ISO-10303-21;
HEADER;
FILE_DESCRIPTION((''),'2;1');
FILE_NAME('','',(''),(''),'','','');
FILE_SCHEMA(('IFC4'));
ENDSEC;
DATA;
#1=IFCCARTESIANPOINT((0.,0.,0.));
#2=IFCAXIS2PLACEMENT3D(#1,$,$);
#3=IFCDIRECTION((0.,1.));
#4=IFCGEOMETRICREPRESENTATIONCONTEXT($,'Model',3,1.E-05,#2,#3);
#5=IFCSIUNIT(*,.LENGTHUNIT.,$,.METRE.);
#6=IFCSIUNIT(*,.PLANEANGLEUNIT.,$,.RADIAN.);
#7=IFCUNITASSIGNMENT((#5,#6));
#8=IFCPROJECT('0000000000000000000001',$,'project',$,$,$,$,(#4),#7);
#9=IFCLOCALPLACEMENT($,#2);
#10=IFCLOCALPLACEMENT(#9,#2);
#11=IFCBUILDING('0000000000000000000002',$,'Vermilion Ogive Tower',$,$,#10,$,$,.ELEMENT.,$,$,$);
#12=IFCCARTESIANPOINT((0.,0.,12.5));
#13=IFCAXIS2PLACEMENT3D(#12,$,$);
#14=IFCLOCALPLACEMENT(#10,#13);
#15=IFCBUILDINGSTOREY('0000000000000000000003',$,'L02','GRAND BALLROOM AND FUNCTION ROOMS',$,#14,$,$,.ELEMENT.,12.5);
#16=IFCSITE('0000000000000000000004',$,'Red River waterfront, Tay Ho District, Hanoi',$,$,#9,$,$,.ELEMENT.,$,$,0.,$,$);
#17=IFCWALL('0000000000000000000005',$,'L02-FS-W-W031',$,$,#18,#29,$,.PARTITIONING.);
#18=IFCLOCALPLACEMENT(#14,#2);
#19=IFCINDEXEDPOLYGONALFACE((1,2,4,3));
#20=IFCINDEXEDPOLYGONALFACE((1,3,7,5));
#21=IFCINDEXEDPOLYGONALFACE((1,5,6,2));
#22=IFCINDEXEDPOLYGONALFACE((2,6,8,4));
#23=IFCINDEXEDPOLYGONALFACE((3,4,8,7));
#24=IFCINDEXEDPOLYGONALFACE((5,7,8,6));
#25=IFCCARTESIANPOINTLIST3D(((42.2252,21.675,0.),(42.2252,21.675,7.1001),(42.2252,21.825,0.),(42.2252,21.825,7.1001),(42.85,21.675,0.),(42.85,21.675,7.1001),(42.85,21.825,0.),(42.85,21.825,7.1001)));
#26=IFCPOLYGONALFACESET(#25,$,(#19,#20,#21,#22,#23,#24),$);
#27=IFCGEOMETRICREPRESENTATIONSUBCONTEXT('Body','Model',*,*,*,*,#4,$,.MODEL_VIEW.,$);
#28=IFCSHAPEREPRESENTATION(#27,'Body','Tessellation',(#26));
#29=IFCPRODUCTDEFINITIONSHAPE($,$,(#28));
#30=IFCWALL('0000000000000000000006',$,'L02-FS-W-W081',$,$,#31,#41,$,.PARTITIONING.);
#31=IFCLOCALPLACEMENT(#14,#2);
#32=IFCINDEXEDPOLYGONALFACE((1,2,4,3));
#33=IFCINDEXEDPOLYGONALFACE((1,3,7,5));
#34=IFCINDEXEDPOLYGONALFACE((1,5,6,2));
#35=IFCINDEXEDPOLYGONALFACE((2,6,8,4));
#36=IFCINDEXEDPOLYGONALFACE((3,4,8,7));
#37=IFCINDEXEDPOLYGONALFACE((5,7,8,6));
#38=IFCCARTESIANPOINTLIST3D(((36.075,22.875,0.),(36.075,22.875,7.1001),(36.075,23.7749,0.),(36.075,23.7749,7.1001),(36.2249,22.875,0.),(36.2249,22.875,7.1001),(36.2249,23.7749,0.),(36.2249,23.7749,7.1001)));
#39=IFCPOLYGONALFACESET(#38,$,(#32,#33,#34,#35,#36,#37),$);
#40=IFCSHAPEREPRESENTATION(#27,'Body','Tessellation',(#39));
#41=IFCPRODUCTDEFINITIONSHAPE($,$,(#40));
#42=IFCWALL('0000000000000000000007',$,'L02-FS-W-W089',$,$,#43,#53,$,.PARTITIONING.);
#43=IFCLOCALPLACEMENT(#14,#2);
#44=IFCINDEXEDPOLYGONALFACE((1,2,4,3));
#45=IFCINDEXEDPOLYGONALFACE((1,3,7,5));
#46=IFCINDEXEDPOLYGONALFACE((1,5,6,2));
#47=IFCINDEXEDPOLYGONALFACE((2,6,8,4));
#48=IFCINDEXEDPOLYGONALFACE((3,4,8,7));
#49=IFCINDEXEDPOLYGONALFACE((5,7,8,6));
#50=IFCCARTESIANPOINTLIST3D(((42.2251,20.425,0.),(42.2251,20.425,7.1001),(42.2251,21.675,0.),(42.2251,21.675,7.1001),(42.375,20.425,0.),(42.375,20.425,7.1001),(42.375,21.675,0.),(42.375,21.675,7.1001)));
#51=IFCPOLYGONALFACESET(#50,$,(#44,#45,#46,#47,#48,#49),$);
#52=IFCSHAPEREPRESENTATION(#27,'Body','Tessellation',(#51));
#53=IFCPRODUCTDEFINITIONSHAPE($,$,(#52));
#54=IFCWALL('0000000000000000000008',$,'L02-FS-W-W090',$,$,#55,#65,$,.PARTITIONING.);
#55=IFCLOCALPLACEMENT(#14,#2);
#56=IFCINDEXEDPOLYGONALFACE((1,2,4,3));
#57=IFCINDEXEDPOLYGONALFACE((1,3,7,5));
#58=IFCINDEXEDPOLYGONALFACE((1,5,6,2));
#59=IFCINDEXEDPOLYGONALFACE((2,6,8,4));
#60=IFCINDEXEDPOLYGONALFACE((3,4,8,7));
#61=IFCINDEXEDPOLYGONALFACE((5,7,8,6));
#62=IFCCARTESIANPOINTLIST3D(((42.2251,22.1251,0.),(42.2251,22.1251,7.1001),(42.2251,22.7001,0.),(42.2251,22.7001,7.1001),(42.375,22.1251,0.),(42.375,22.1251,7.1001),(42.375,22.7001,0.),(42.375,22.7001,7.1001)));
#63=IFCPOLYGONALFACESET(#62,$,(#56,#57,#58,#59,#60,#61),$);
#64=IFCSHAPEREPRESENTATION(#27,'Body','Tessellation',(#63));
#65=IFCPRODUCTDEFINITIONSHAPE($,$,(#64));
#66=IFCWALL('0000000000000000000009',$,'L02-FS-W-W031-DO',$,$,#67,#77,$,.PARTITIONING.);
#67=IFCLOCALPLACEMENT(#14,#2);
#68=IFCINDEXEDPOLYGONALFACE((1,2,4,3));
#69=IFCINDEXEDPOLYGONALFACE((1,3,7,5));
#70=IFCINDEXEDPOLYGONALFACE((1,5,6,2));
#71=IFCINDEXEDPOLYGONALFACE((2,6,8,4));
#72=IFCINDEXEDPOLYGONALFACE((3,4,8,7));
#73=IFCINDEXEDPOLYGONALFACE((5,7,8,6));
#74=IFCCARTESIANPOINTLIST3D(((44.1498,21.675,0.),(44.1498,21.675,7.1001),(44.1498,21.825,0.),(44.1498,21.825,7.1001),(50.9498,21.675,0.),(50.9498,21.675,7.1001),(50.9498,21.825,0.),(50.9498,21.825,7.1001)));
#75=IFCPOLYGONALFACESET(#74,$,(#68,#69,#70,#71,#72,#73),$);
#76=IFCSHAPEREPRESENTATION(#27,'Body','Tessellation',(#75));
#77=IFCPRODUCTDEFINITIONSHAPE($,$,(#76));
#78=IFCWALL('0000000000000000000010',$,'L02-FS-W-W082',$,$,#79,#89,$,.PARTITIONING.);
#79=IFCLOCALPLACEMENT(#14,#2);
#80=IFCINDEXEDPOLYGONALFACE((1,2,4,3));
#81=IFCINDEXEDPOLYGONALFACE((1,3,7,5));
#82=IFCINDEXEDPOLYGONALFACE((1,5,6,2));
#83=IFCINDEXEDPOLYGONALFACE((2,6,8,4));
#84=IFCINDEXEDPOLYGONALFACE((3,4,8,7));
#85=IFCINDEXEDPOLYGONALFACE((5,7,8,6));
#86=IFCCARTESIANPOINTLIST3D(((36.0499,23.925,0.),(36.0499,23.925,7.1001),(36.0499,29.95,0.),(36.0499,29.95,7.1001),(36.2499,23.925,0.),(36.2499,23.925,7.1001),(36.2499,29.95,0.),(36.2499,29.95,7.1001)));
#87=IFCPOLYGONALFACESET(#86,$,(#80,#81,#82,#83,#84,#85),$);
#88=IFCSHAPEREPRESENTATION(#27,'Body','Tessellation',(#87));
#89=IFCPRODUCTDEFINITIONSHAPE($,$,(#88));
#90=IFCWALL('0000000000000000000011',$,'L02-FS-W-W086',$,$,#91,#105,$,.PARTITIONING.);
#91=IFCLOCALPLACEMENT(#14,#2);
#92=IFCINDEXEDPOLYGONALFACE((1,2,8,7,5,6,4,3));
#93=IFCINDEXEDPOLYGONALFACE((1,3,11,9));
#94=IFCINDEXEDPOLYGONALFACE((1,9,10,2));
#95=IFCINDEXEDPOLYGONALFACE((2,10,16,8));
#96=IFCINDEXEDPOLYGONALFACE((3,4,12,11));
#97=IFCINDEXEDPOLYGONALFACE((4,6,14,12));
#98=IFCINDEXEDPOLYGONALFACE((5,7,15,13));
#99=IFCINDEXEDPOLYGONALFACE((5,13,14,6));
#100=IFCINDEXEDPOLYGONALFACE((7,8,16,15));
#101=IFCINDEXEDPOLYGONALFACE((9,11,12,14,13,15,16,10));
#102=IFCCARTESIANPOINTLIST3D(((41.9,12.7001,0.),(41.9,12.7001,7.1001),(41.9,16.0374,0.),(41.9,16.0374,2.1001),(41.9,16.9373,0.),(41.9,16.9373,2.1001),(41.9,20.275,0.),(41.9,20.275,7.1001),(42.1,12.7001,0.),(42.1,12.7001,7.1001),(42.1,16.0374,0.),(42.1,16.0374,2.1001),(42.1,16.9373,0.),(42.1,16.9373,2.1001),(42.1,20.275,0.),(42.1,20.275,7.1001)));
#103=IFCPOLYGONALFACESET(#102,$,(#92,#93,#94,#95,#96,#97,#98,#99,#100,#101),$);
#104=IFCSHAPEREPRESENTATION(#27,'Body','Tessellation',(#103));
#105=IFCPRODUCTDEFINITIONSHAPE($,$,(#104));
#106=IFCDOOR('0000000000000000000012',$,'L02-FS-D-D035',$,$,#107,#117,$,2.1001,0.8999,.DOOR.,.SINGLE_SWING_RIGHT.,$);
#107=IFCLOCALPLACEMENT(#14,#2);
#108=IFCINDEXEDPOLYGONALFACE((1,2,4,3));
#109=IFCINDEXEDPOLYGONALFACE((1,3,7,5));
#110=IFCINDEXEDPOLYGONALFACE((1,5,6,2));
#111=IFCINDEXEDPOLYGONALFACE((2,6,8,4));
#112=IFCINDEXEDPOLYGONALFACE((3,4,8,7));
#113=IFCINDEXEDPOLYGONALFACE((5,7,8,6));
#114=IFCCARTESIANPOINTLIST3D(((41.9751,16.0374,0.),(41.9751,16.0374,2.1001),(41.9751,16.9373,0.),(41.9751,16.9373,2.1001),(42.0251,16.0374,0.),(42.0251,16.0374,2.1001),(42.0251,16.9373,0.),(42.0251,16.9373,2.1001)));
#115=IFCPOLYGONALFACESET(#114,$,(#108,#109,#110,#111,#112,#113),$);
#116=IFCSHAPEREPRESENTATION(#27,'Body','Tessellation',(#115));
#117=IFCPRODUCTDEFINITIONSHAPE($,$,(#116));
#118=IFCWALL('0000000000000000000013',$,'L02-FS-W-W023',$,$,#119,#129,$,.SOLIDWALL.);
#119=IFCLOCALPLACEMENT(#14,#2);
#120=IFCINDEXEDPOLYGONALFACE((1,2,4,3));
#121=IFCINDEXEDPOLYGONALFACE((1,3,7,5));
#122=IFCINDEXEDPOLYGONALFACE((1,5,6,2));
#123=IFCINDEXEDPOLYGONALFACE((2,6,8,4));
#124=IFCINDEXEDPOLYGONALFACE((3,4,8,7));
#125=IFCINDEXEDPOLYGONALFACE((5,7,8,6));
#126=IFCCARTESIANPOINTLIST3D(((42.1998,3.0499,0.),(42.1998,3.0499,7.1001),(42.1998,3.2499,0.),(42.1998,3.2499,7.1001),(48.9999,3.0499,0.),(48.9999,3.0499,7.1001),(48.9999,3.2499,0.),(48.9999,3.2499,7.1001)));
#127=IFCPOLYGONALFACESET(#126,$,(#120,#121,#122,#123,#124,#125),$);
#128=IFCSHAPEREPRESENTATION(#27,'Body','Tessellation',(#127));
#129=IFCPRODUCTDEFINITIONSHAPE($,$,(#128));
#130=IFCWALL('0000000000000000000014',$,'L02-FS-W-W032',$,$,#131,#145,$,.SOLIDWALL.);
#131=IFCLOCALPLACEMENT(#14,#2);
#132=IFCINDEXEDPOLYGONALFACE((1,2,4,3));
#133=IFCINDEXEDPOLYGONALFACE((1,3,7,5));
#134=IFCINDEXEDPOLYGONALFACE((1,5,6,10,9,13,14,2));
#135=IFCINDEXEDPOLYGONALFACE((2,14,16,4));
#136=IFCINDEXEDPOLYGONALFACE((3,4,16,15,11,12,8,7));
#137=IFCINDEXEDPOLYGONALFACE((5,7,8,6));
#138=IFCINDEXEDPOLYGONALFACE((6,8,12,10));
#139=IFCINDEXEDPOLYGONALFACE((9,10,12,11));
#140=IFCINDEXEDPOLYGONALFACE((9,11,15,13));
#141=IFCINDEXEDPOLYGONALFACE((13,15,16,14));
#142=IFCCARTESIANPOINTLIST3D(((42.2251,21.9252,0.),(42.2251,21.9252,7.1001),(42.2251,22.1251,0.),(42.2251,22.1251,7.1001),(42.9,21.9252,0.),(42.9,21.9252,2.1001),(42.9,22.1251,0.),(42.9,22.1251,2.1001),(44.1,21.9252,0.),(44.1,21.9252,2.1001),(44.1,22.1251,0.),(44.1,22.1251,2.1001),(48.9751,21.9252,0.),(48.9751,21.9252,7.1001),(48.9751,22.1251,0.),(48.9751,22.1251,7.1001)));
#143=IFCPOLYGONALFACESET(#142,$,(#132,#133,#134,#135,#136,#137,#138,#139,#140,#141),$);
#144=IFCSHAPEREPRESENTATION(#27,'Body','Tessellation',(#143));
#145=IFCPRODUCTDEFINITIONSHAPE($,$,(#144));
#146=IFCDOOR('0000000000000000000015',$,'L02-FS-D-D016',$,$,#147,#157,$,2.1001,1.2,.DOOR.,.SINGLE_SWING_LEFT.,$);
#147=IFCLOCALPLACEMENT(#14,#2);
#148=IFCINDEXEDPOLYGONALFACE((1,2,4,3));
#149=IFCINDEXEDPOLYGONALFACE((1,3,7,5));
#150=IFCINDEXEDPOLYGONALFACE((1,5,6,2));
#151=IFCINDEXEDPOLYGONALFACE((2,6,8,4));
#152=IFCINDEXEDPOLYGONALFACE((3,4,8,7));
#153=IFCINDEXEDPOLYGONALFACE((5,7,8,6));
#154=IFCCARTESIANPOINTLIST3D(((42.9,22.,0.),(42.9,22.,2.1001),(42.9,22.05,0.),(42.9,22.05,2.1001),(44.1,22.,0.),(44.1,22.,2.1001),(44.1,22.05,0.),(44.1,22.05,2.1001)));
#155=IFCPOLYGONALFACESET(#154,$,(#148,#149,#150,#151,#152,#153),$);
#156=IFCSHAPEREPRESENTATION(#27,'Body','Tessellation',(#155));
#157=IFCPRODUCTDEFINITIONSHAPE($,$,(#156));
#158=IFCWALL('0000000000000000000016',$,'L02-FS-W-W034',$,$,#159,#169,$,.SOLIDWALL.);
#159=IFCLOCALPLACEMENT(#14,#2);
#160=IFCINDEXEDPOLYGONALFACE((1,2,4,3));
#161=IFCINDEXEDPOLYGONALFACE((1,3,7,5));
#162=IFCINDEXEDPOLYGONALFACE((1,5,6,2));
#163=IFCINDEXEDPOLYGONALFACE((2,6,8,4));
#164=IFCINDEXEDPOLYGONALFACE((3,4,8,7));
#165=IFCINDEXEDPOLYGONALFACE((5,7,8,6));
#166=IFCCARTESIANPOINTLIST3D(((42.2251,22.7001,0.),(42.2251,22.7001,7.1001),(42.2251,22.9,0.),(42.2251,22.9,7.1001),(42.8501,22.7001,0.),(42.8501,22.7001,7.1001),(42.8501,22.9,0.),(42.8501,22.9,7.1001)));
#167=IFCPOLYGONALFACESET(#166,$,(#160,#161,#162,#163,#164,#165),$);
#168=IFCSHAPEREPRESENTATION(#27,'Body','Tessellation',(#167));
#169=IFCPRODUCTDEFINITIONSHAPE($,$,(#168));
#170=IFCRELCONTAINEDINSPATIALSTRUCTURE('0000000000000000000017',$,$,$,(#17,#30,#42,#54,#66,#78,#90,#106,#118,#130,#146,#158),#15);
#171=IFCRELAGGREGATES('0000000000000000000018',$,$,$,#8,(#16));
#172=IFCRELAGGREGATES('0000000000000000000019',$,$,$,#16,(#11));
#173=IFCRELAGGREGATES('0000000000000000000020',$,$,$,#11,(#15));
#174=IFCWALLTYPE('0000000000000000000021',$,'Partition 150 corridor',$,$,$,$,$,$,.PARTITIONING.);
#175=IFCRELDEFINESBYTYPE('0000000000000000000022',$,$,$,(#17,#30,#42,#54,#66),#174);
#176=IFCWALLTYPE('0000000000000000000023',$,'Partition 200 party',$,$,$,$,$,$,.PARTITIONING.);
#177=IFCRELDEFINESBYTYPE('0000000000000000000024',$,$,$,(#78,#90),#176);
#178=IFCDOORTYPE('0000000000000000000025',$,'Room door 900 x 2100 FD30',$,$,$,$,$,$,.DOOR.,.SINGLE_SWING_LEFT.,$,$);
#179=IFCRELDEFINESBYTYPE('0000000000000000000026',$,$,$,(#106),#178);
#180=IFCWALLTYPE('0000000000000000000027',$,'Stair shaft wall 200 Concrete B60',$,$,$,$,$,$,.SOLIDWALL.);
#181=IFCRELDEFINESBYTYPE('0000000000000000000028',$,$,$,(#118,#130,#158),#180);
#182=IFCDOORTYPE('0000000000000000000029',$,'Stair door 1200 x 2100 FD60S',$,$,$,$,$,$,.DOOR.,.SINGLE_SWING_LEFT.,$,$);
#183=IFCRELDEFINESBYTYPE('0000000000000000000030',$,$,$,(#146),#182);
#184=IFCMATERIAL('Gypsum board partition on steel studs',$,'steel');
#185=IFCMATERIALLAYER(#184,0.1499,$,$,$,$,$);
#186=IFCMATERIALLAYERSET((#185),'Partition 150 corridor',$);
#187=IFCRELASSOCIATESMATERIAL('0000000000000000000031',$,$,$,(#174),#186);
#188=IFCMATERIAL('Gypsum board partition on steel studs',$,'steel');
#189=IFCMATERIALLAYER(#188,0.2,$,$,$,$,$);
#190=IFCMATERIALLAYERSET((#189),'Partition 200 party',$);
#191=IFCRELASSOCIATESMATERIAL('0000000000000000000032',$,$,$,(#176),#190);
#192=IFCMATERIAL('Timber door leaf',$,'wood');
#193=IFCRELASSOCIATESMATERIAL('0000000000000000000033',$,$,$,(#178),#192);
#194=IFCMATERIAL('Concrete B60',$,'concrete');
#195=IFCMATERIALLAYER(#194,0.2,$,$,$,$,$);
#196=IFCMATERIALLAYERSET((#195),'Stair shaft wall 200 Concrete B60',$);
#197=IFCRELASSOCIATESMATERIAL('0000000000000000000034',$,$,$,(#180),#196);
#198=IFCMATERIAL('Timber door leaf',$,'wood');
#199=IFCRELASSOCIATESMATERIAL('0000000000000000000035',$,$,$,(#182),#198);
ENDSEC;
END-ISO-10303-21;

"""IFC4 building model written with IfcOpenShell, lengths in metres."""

from ifc_helpers import new_model, si_unit, direction, frame, frame_2d, origin, place, context, subcontext, project, spatial, rectangle, extrude, material, layer, layer_set, type_object, element, fill, save


model = new_model("IFC4")

# Units and contexts
model_context = context("Model", 3, precision=1e-05, world=origin(), true_north=direction((0.0, 1.0)))
body_context = subcontext(model_context, "Body", "Model", "MODEL_VIEW")
ifc_project = project(units=[si_unit("LENGTHUNIT", "METRE"), si_unit("PLANEANGLEUNIT", "RADIAN")], contexts=[model_context])

# Site, building, storey
site_placement = place(None, origin())
site = spatial("IfcSite", under=ifc_project, at=site_placement, Name="Red River waterfront, Tay Ho District, Hanoi", CompositionType="ELEMENT", RefElevation=0.0)
building_placement = place(site_placement, origin())
building = spatial("IfcBuilding", under=site, at=building_placement, Name="Vermilion Ogive Tower", CompositionType="ELEMENT")
storey_placement = place(building_placement, frame((0.0, 0.0, 12.5)))
storey = spatial("IfcBuildingStorey", under=building, at=storey_placement, Name="L02", Description="GRAND BALLROOM AND FUNCTION ROOMS", CompositionType="ELEMENT", Elevation=12.5)

# Walls
ifc_material_1 = material(Name="Gypsum board partition on steel studs", Category="steel")
ifc_layer_1 = layer(ifc_material_1, 0.1499)
ifc_layer_set_1 = layer_set([ifc_layer_1], Name="Partition 150 corridor")
wall_type_1 = type_object("IfcWallType", Name="Partition 150 corridor", PredefinedType="PARTITIONING", material=ifc_layer_set_1)
wall_1_placement = place(storey_placement, frame((42.2251, 21.75, 0.0), z_axis=(0.0, 0.0, 1.0), x_axis=(1.0, 0.0, 0.0)))
element("IfcWall", 1, at=wall_1_placement, inside=storey, type_object=wall_type_1, Name="L02-FS-W-W031", PredefinedType="PARTITIONING", context=body_context, shape_type="SweptSolid", body=[
    extrude(rectangle(XDim=0.6248, YDim=0.1499, at=frame_2d((0.3125, 0.0))), origin(), (0.0, 0.0, 1.0), 7.1001),
])
wall_2_placement = place(storey_placement, frame((36.1499, 22.875, 0.0), z_axis=(0.0, 0.0, 1.0), x_axis=(0.0, 1.0, 0.0)))
element("IfcWall", 2, at=wall_2_placement, inside=storey, type_object=wall_type_1, Name="L02-FS-W-W081", PredefinedType="PARTITIONING", context=body_context, shape_type="SweptSolid", body=[
    extrude(rectangle(XDim=0.8999, YDim=0.1499, at=frame_2d((0.45, 0.0))), origin(), (0.0, 0.0, 1.0), 7.1001),
])
wall_3_placement = place(storey_placement, frame((42.3, 20.425, 0.0), z_axis=(0.0, 0.0, 1.0), x_axis=(0.0, 1.0, 0.0)))
element("IfcWall", 3, at=wall_3_placement, inside=storey, type_object=wall_type_1, Name="L02-FS-W-W089", PredefinedType="PARTITIONING", context=body_context, shape_type="SweptSolid", body=[
    extrude(rectangle(XDim=1.25, YDim=0.1499, at=frame_2d((0.625, 0.0))), origin(), (0.0, 0.0, 1.0), 7.1001),
])
wall_4_placement = place(storey_placement, frame((42.3, 22.125, 0.0), z_axis=(0.0, 0.0, 1.0), x_axis=(0.0, 1.0, 0.0)))
element("IfcWall", 4, at=wall_4_placement, inside=storey, type_object=wall_type_1, Name="L02-FS-W-W090", PredefinedType="PARTITIONING", context=body_context, shape_type="SweptSolid", body=[
    extrude(rectangle(XDim=0.575, YDim=0.1499, at=frame_2d((0.2876, 0.0))), origin(), (0.0, 0.0, 1.0), 7.1001),
])
wall_5_placement = place(storey_placement, frame((44.1499, 21.75, 0.0), z_axis=(0.0, 0.0, 1.0), x_axis=(1.0, 0.0, 0.0)))
element("IfcWall", 5, at=wall_5_placement, inside=storey, type_object=wall_type_1, Name="L02-FS-W-W031-DO", PredefinedType="PARTITIONING", context=body_context, shape_type="SweptSolid", body=[
    extrude(rectangle(XDim=6.8, YDim=0.1499, at=frame_2d((3.3999, 0.0))), origin(), (0.0, 0.0, 1.0), 7.1001),
])
ifc_material_2 = material(Name="Gypsum board partition on steel studs", Category="steel")
ifc_layer_2 = layer(ifc_material_2, 0.2)
ifc_layer_set_2 = layer_set([ifc_layer_2], Name="Partition 200 party")
wall_type_2 = type_object("IfcWallType", Name="Partition 200 party", PredefinedType="PARTITIONING", material=ifc_layer_set_2)
wall_6_placement = place(storey_placement, frame((36.1499, 23.925, 0.0), z_axis=(0.0, 0.0, 1.0), x_axis=(0.0, 1.0, 0.0)))
element("IfcWall", 6, at=wall_6_placement, inside=storey, type_object=wall_type_2, Name="L02-FS-W-W082", PredefinedType="PARTITIONING", context=body_context, shape_type="SweptSolid", body=[
    extrude(rectangle(XDim=6.0249, YDim=0.2, at=frame_2d((3.0125, 0.0))), origin(), (0.0, 0.0, 1.0), 7.1001),
])

# Wall, opening, door
wall_7_placement = place(storey_placement, frame((42.0, 12.7, 0.0), z_axis=(0.0, 0.0, 1.0), x_axis=(0.0, 1.0, 0.0)))
wall_7 = element("IfcWall", 7, at=wall_7_placement, inside=storey, type_object=wall_type_2, Name="L02-FS-W-W086", PredefinedType="PARTITIONING", context=body_context, shape_type="SweptSolid", body=[
    extrude(rectangle(XDim=7.575, YDim=0.2, at=frame_2d((3.7876, 0.0))), origin(), (0.0, 0.0, 1.0), 7.1001),
])
opening_1_placement = place(wall_7_placement, frame((3.3374, 0.0, 0.0)))
opening_1 = element("IfcOpeningElement", 8, at=opening_1_placement, cuts=wall_7, PredefinedType="OPENING", context=body_context, shape_type="SweptSolid", body=[
    extrude(rectangle(XDim=0.8999, YDim=2.1001, at=frame_2d((0.45, 1.05))), frame((0.0, 0.1099, 0.0), z_axis=(0.0, -1.0, 0.0), x_axis=(1.0, 0.0, 0.0)), (0.0, 0.0, 1.0), 0.22),
])
ifc_material_3 = material(Name="Timber door leaf", Category="wood")
door_type_1 = type_object("IfcDoorType", Name="Room door 900 x 2100 FD30", OperationType="SINGLE_SWING_LEFT", PredefinedType="DOOR", material=ifc_material_3)
door_1_placement = place(opening_1_placement, origin())
door_1 = element("IfcDoor", 9, at=door_1_placement, inside=storey, type_object=door_type_1, Name="L02-FS-D-D035", OperationType="SINGLE_SWING_RIGHT", OverallHeight=2.1001, OverallWidth=0.8999, PredefinedType="DOOR", context=body_context, shape_type="SweptSolid", body=[
    extrude(rectangle(XDim=0.8999, YDim=2.1001, at=frame_2d((0.45, 1.05))), frame((0.0, 0.0249, 0.0), z_axis=(0.0, -1.0, 0.0), x_axis=(1.0, 0.0, 0.0)), (0.0, 0.0, 1.0), 0.05),
])
fill(opening_1, door_1)

# Wall
ifc_material_4 = material(Name="Concrete B60", Category="concrete")
ifc_layer_3 = layer(ifc_material_4, 0.2)
ifc_layer_set_3 = layer_set([ifc_layer_3], Name="Stair shaft wall 200 Concrete B60")
wall_type_3 = type_object("IfcWallType", Name="Stair shaft wall 200 Concrete B60", PredefinedType="SOLIDWALL", material=ifc_layer_set_3)
wall_8_placement = place(storey_placement, frame((42.2, 3.1499, 0.0), z_axis=(0.0, 0.0, 1.0), x_axis=(1.0, 0.0, 0.0)))
element("IfcWall", 10, at=wall_8_placement, inside=storey, type_object=wall_type_3, Name="L02-FS-W-W023", PredefinedType="SOLIDWALL", context=body_context, shape_type="SweptSolid", body=[
    extrude(rectangle(XDim=6.8, YDim=0.2, at=frame_2d((3.3999, 0.0))), origin(), (0.0, 0.0, 1.0), 7.1001),
])

# Wall, opening, door
wall_9_placement = place(storey_placement, frame((42.2251, 22.0251, 0.0), z_axis=(0.0, 0.0, 1.0), x_axis=(1.0, 0.0, 0.0)))
wall_9 = element("IfcWall", 11, at=wall_9_placement, inside=storey, type_object=wall_type_3, Name="L02-FS-W-W032", PredefinedType="SOLIDWALL", context=body_context, shape_type="SweptSolid", body=[
    extrude(rectangle(XDim=6.75, YDim=0.2, at=frame_2d((3.375, 0.0))), origin(), (0.0, 0.0, 1.0), 7.1001),
])
opening_2_placement = place(wall_9_placement, frame((0.6748, 0.0, 0.0)))
opening_2 = element("IfcOpeningElement", 12, at=opening_2_placement, cuts=wall_9, PredefinedType="OPENING", context=body_context, shape_type="SweptSolid", body=[
    extrude(rectangle(XDim=1.2, YDim=2.1001, at=frame_2d((0.6001, 1.05))), frame((0.0, 0.1099, 0.0), z_axis=(0.0, -1.0, 0.0), x_axis=(1.0, 0.0, 0.0)), (0.0, 0.0, 1.0), 0.22),
])
ifc_material_5 = material(Name="Timber door leaf", Category="wood")
door_type_2 = type_object("IfcDoorType", Name="Stair door 1200 x 2100 FD60S", OperationType="SINGLE_SWING_LEFT", PredefinedType="DOOR", material=ifc_material_5)
door_2_placement = place(opening_2_placement, origin())
door_2 = element("IfcDoor", 13, at=door_2_placement, inside=storey, type_object=door_type_2, Name="L02-FS-D-D016", OperationType="SINGLE_SWING_LEFT", OverallHeight=2.1001, OverallWidth=1.2, PredefinedType="DOOR", context=body_context, shape_type="SweptSolid", body=[
    extrude(rectangle(XDim=1.2, YDim=2.1001, at=frame_2d((0.6001, 1.05))), frame((0.0, 0.0249, 0.0), z_axis=(0.0, -1.0, 0.0), x_axis=(1.0, 0.0, 0.0)), (0.0, 0.0, 1.0), 0.05),
])
fill(opening_2, door_2)

# Wall
wall_10_placement = place(storey_placement, frame((42.2251, 22.8, 0.0), z_axis=(0.0, 0.0, 1.0), x_axis=(1.0, 0.0, 0.0)))
element("IfcWall", 14, at=wall_10_placement, inside=storey, type_object=wall_type_3, Name="L02-FS-W-W034", PredefinedType="SOLIDWALL", context=body_context, shape_type="SweptSolid", body=[
    extrude(rectangle(XDim=0.625, YDim=0.2, at=frame_2d((0.3125, 0.0))), origin(), (0.0, 0.0, 1.0), 7.1001),
])

save(model, "model.ifc")
